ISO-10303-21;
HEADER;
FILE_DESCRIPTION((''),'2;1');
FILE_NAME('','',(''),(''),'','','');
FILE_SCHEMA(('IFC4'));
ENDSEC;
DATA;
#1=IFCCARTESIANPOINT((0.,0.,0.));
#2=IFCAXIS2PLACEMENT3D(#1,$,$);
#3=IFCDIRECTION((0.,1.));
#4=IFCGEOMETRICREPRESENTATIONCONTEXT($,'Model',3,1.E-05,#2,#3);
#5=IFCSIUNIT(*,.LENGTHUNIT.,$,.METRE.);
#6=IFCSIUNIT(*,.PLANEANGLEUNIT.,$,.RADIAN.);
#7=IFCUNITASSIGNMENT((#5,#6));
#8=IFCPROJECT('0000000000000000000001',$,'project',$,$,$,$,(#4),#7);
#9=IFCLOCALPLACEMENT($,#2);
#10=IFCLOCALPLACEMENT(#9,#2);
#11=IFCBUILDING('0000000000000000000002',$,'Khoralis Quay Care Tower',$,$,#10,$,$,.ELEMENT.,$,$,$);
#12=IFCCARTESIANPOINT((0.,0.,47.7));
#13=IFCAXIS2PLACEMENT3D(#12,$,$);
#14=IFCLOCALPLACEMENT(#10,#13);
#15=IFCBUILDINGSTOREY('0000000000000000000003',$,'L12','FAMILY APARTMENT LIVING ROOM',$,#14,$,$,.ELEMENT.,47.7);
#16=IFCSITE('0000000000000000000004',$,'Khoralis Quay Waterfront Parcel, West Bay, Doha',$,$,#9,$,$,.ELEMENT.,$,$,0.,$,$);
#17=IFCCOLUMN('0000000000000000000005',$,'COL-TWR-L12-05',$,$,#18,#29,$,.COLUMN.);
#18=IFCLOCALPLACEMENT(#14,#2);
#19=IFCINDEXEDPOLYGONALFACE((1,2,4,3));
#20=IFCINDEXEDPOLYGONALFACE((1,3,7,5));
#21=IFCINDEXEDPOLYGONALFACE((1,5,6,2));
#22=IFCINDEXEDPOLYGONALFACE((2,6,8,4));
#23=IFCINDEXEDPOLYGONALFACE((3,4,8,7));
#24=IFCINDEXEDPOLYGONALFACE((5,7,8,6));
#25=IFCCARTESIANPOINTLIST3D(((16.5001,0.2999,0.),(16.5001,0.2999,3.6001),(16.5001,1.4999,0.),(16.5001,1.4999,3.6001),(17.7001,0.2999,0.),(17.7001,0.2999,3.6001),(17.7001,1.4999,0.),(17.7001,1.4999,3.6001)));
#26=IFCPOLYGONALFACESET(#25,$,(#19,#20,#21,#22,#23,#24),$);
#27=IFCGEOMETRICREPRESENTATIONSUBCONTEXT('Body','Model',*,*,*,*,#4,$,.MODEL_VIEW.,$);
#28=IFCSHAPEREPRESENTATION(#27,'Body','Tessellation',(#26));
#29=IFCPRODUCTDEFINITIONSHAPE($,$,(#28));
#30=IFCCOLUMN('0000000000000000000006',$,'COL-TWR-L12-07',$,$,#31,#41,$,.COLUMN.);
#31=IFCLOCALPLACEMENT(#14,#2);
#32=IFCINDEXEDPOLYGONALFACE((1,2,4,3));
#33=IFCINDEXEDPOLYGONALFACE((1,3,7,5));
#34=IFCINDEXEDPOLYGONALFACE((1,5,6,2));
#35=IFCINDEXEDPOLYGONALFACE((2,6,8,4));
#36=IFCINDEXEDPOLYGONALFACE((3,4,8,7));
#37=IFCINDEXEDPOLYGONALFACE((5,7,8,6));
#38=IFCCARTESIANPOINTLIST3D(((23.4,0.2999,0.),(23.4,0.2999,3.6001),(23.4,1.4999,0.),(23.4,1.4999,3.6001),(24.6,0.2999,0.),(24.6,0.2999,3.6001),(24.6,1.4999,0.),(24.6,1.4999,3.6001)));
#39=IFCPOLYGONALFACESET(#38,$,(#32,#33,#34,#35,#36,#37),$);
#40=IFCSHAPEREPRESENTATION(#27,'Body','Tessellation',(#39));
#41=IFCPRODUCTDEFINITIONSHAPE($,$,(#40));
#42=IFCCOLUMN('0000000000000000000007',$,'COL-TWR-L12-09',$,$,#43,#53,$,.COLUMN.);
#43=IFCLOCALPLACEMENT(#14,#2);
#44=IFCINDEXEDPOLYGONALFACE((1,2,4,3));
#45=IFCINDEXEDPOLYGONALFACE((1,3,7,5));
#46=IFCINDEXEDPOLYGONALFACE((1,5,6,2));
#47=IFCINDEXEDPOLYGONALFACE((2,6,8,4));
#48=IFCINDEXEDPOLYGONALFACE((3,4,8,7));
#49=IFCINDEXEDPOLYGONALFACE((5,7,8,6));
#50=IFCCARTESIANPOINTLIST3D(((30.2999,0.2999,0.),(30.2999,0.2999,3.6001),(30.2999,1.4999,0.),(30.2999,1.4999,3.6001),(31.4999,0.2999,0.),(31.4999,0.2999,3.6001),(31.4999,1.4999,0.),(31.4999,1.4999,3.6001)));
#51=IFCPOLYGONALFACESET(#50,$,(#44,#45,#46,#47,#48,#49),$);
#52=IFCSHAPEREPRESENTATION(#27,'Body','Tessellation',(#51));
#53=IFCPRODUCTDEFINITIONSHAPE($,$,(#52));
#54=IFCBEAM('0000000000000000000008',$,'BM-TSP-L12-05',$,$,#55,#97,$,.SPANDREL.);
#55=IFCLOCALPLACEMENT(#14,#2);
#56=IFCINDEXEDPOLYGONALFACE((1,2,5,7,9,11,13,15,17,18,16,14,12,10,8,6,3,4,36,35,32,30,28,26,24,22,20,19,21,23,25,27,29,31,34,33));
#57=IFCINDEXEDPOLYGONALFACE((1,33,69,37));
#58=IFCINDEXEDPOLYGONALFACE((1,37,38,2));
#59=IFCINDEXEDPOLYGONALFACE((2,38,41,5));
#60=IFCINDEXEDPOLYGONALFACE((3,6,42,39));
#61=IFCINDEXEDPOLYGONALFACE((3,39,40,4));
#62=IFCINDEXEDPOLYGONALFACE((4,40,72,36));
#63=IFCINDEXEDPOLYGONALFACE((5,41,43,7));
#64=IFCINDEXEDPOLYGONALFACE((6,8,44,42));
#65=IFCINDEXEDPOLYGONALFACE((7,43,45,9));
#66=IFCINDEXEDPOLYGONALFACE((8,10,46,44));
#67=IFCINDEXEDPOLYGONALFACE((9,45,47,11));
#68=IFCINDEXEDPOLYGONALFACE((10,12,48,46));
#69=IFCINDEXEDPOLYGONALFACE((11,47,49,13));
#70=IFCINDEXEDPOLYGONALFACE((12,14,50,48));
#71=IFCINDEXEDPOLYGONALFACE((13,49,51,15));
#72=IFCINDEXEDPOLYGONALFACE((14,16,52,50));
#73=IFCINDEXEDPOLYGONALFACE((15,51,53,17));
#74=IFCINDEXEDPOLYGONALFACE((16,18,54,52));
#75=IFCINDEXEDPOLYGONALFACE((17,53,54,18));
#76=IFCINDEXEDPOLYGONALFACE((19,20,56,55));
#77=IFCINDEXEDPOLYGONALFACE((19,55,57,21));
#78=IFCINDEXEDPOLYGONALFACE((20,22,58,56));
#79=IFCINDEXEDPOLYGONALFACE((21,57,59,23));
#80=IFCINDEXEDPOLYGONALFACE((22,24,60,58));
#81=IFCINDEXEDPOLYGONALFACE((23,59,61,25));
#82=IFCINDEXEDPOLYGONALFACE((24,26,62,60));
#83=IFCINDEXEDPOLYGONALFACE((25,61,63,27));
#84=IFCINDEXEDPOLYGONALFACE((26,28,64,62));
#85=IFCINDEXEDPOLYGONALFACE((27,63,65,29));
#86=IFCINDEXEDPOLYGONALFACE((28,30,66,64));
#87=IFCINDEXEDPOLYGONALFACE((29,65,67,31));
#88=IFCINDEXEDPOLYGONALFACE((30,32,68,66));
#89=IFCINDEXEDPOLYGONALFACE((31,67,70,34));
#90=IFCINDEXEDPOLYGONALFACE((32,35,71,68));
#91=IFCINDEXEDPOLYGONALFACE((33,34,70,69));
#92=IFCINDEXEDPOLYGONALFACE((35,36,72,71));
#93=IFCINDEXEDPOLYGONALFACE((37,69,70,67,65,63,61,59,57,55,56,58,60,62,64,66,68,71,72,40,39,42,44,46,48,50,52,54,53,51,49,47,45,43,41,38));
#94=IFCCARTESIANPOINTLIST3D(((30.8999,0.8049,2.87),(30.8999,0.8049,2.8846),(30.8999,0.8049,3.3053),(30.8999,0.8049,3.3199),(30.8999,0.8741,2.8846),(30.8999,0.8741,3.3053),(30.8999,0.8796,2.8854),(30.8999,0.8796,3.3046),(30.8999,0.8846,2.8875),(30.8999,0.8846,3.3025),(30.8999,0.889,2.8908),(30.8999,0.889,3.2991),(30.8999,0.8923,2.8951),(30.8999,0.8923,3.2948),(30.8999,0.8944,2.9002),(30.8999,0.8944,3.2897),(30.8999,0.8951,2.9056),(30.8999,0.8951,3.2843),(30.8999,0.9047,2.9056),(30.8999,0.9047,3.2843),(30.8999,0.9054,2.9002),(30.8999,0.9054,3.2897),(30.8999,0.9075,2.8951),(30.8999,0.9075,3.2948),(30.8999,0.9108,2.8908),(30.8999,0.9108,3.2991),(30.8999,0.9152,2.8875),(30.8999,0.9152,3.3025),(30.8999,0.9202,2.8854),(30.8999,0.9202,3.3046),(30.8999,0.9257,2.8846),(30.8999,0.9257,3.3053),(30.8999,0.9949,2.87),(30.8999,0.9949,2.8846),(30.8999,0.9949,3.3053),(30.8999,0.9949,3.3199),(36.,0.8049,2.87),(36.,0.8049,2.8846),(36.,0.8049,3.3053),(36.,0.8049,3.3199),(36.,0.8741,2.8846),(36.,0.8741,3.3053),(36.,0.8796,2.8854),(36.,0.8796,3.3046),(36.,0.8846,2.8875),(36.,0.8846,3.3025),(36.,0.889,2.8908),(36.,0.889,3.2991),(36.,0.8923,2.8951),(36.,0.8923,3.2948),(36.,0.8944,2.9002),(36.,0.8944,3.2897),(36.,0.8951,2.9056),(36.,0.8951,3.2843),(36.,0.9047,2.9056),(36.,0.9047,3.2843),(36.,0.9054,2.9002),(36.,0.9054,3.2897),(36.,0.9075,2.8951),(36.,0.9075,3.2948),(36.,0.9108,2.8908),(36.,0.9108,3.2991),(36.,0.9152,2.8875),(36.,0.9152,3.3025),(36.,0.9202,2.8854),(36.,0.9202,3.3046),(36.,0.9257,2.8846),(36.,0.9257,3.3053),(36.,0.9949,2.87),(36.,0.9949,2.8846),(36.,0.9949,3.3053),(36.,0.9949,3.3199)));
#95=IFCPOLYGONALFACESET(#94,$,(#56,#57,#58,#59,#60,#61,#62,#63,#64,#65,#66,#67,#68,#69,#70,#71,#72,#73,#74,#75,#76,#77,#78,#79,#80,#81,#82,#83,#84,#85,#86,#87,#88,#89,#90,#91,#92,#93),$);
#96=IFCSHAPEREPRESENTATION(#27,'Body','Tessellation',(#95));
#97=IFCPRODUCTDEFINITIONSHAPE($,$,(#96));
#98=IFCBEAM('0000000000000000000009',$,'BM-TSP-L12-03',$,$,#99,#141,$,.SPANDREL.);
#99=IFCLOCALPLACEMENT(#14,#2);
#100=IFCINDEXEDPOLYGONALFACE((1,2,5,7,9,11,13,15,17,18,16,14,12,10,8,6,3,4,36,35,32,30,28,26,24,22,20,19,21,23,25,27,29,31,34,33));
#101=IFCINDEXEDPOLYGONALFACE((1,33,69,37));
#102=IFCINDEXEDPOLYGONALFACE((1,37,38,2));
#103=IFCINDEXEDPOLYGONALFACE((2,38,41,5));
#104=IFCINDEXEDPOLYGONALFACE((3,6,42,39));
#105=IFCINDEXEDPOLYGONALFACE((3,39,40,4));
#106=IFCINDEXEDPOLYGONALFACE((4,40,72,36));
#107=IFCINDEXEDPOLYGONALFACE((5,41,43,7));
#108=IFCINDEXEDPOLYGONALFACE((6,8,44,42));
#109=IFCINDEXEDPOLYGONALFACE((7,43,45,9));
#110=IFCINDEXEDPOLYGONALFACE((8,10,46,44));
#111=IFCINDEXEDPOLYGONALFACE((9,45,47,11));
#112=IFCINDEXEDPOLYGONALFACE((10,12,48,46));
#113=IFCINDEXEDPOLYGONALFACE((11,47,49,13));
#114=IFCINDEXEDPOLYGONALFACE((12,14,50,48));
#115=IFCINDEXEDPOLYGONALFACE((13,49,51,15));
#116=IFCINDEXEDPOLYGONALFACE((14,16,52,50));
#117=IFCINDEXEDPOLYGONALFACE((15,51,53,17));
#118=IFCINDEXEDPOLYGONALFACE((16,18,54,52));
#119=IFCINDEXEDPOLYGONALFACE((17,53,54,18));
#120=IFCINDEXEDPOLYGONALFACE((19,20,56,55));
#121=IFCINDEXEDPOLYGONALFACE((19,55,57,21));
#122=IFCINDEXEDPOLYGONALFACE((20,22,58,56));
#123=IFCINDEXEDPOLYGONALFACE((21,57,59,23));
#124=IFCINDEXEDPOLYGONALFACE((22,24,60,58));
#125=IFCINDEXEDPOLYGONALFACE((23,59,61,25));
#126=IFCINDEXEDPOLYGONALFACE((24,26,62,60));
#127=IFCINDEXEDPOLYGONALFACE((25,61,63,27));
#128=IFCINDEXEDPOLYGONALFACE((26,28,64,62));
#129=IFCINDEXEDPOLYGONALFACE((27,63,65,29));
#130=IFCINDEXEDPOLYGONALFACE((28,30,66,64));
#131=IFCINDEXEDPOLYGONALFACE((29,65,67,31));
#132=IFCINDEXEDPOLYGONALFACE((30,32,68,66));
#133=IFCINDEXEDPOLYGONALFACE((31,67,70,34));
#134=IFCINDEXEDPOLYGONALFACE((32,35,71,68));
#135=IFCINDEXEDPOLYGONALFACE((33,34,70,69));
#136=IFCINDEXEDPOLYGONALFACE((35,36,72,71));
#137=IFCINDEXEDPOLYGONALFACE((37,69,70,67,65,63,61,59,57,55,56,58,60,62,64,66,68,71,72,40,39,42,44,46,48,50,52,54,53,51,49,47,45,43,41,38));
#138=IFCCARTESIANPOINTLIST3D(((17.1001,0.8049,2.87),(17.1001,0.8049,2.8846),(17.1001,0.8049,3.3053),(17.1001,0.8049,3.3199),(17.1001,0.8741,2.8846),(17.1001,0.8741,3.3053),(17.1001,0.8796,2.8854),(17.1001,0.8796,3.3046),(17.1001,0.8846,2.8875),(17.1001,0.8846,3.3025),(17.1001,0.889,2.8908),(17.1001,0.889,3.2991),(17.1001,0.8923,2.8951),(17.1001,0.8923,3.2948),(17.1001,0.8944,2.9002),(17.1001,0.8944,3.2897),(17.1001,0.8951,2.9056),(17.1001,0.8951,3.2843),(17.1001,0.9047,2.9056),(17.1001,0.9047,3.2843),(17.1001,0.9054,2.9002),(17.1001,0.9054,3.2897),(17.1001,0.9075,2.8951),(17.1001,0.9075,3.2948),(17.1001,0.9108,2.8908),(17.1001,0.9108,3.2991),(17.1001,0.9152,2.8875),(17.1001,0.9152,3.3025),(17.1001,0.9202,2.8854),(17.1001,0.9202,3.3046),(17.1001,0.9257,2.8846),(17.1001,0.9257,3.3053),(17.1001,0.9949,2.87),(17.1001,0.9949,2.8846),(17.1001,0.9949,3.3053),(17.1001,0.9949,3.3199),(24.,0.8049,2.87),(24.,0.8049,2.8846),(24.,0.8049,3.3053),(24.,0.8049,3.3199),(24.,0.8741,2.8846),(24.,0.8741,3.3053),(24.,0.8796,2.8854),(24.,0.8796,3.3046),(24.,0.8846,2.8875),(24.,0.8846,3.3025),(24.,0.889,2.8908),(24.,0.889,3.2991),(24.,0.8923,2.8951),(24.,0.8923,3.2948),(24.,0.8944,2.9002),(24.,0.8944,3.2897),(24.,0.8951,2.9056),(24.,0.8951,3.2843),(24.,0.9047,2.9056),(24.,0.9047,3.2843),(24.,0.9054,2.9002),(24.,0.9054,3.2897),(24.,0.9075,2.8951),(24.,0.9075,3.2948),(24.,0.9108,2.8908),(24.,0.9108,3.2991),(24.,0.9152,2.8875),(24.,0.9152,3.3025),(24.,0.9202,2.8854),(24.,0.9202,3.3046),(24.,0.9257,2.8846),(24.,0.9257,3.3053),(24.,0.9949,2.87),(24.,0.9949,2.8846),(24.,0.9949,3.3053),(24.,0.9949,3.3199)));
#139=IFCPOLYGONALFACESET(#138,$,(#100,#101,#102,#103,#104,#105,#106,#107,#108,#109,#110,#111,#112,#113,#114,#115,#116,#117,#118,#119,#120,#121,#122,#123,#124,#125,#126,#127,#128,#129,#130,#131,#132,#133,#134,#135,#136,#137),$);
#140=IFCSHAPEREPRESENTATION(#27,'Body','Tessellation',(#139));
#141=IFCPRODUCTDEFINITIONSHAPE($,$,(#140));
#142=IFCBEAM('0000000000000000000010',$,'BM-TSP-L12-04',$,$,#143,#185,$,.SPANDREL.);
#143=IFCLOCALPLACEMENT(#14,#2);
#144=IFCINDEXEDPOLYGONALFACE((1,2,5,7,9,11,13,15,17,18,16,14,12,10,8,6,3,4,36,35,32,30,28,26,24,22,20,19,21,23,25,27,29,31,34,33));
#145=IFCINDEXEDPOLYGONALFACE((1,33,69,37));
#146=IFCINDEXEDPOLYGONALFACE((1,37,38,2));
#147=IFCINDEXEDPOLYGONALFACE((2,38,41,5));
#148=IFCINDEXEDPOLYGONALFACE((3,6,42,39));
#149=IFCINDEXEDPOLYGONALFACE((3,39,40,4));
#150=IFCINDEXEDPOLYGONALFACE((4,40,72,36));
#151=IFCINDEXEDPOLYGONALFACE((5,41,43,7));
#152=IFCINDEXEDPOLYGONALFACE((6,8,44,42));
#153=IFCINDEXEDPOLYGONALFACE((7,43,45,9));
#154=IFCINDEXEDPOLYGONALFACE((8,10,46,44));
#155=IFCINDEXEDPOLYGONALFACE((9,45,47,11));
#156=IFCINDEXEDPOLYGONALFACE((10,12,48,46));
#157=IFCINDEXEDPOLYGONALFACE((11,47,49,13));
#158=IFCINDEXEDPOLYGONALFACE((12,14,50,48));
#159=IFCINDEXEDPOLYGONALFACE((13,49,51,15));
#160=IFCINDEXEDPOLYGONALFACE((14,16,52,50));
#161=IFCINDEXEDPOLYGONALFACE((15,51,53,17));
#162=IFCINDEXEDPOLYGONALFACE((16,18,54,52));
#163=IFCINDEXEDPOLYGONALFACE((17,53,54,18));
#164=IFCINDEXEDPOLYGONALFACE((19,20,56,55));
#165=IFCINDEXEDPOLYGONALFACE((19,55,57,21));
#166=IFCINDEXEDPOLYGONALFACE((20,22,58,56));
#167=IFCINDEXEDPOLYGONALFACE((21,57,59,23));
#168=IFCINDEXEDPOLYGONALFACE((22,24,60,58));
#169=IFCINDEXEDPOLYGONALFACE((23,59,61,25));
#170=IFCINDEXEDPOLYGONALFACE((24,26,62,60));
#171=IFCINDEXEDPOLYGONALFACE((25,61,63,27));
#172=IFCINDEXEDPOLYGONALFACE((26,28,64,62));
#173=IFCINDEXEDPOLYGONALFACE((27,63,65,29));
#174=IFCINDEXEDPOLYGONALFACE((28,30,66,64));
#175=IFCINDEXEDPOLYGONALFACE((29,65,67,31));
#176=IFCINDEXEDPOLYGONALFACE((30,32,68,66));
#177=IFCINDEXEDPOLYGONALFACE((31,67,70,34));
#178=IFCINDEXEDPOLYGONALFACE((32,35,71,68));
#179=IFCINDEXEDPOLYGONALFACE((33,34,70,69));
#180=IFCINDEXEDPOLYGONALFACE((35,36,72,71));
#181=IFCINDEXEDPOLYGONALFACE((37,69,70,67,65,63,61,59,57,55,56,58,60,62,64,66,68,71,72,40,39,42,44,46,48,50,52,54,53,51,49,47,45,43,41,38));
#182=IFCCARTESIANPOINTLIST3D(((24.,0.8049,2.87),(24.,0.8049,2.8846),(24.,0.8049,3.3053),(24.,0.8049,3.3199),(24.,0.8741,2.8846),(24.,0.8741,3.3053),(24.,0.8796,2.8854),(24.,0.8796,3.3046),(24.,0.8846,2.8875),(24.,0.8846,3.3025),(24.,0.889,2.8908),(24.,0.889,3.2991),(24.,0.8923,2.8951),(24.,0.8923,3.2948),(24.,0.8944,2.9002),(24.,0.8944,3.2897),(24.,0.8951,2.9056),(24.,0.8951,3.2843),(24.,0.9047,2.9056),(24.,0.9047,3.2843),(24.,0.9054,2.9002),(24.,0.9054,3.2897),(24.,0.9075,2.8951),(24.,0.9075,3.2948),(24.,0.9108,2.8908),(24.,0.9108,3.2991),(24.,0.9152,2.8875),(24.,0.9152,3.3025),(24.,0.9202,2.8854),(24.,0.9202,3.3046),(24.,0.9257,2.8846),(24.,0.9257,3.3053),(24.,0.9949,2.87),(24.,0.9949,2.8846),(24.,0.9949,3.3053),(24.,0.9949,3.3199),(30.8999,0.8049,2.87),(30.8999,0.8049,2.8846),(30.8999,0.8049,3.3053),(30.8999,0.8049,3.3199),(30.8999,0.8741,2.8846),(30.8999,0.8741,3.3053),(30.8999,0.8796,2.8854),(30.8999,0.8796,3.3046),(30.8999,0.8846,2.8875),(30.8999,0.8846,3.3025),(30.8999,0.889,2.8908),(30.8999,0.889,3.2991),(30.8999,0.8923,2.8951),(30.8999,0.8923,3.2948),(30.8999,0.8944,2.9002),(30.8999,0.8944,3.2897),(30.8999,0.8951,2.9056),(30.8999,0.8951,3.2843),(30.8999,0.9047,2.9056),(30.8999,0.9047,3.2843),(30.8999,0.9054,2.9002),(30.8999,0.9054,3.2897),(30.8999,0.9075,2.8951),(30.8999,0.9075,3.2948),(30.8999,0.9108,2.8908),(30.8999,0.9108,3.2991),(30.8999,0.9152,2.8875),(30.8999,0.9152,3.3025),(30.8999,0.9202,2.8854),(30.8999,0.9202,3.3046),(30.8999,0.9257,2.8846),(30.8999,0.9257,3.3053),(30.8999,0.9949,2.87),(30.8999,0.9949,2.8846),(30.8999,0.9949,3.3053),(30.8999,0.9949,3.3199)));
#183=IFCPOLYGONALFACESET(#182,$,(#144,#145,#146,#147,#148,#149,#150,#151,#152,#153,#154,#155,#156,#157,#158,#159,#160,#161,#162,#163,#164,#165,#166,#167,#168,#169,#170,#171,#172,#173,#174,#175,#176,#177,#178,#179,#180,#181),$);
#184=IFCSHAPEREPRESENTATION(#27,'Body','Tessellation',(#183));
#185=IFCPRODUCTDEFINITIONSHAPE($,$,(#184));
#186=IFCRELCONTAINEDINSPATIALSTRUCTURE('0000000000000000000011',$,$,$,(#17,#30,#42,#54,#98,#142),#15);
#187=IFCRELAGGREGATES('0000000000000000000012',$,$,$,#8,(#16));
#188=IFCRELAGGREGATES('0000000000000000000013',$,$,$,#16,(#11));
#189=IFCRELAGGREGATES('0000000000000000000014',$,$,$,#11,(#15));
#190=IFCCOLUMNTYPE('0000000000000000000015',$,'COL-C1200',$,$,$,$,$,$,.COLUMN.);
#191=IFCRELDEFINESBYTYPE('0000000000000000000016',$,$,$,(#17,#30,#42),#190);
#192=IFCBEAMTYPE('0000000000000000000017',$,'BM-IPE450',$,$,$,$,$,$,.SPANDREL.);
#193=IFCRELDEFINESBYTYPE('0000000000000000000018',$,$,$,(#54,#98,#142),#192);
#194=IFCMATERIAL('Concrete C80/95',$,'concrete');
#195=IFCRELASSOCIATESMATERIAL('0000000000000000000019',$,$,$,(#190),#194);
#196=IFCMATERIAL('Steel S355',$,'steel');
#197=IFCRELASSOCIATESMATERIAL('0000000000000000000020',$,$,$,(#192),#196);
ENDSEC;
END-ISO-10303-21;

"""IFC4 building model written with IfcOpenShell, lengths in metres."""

from ifc_helpers import new_model, si_unit, direction, frame, origin, origin_2d, place, context, subcontext, project, spatial, rectangle, i_section, extrude, source, transform, mapped, material, material_profile, profile_set, type_object, element, save


model = new_model("IFC4")

# Units and contexts
model_context = context("Model", 3, precision=1e-05, world=origin(), true_north=direction((0.0, 1.0)))
body_context = subcontext(model_context, "Body", "Model", "MODEL_VIEW")
ifc_project = project(units=[si_unit("LENGTHUNIT", "METRE"), si_unit("PLANEANGLEUNIT", "RADIAN")], contexts=[model_context])

# Site, building, storey
site_placement = place(None, origin())
site = spatial("IfcSite", under=ifc_project, at=site_placement, Name="Khoralis Quay Waterfront Parcel, West Bay, Doha", CompositionType="ELEMENT", RefElevation=0.0)
building_placement = place(site_placement, origin())
building = spatial("IfcBuilding", under=site, at=building_placement, Name="Khoralis Quay Care Tower", CompositionType="ELEMENT")
storey_placement = place(building_placement, frame((0.0, 0.0, 47.7)))
storey = spatial("IfcBuildingStorey", under=building, at=storey_placement, Name="L12", Description="FAMILY APARTMENT LIVING ROOM", CompositionType="ELEMENT", Elevation=47.7)

# Columns
ifc_material_1 = material(Name="Concrete C80/95", Category="concrete")
ifc_material_profile_1 = material_profile(ifc_material_1, rectangle(XDim=1.2, YDim=1.2, at=origin_2d()), Name="Concrete C80/95")
ifc_profile_set_1 = profile_set([ifc_material_profile_1], Name="Concrete C80/95")
column_type = type_object("IfcColumnType", Name="COL-C1200", PredefinedType="COLUMN", material=ifc_profile_set_1)
shared_shape_1 = source(origin(), body_context, "Body", "SweptSolid", [
    extrude(rectangle(XDim=1.2, YDim=1.2, at=origin_2d()), origin(), (0.0, 0.0, 1.0), 3.6001),
])
for number, where, z_axis, x_axis, name in (
    (1, (17.1001, 0.8999, 0.0), (0.0, 0.0, 1.0), (1.0, 0.0, 0.0), "COL-TWR-L12-05"),
    (2, (24.0, 0.8999, 0.0), (0.0, 0.0, 1.0), (1.0, 0.0, 0.0), "COL-TWR-L12-07"),
    (3, (30.8999, 0.8999, 0.0), (0.0, 0.0, 1.0), (1.0, 0.0, 0.0), "COL-TWR-L12-09"),
):
    element("IfcColumn", number, at=place(storey_placement, frame(where, z_axis=z_axis, x_axis=x_axis)), inside=storey, type_object=column_type, Name=name, PredefinedType="COLUMN", context=body_context, shape_type="MappedRepresentation", body=[
        mapped(shared_shape_1, transform((0.0, 0.0, 0.0), scale=1.0)),
    ])

# Beams
ifc_material_2 = material(Name="Steel S355", Category="steel")
ifc_material_profile_2 = material_profile(ifc_material_2, i_section(OverallWidth=0.1899, OverallDepth=0.45, WebThickness=0.0095, FlangeThickness=0.0146, FilletRadius=0.021, at=origin_2d()), Name="Steel S355")
ifc_profile_set_2 = profile_set([ifc_material_profile_2], Name="Steel S355")
beam_type_1 = type_object("IfcBeamType", Name="BM-IPE450", PredefinedType="SPANDREL", material=ifc_profile_set_2)
shared_shape_2 = source(origin(), body_context, "Body", "SweptSolid", [
    extrude(i_section(OverallWidth=0.1899, OverallDepth=0.45, WebThickness=0.0095, FlangeThickness=0.0146, FilletRadius=0.021, at=origin_2d()), origin(), (0.0, 0.0, 1.0), 5.1001),
])
beam_placement = place(storey_placement, frame((30.8999, 0.8999, 3.095), z_axis=(1.0, 0.0, 0.0), x_axis=(0.0, 1.0, 0.0)))
element("IfcBeam", 4, at=beam_placement, inside=storey, type_object=beam_type_1, Name="BM-TSP-L12-05", PredefinedType="SPANDREL", context=body_context, shape_type="MappedRepresentation", body=[
    mapped(shared_shape_2, transform((0.0, 0.0, 0.0), scale=1.0)),
])
shared_shape_3 = source(origin(), body_context, "Body", "SweptSolid", [
    extrude(i_section(OverallWidth=0.1899, OverallDepth=0.45, WebThickness=0.0095, FlangeThickness=0.0146, FilletRadius=0.021, at=origin_2d()), origin(), (0.0, 0.0, 1.0), 6.8999),
])
for number, where, z_axis, x_axis, name in (
    (5, (17.1001, 0.8999, 3.095), (1.0, 0.0, 0.0), (0.0, 1.0, 0.0), "BM-TSP-L12-03"),
    (6, (24.0, 0.8999, 3.095), (1.0, 0.0, 0.0), (0.0, 1.0, 0.0), "BM-TSP-L12-04"),
):
    element("IfcBeam", number, at=place(storey_placement, frame(where, z_axis=z_axis, x_axis=x_axis)), inside=storey, type_object=beam_type_1, Name=name, PredefinedType="SPANDREL", context=body_context, shape_type="MappedRepresentation", body=[
        mapped(shared_shape_3, transform((0.0, 0.0, 0.0), scale=1.0)),
    ])

save(model, "model.ifc")
